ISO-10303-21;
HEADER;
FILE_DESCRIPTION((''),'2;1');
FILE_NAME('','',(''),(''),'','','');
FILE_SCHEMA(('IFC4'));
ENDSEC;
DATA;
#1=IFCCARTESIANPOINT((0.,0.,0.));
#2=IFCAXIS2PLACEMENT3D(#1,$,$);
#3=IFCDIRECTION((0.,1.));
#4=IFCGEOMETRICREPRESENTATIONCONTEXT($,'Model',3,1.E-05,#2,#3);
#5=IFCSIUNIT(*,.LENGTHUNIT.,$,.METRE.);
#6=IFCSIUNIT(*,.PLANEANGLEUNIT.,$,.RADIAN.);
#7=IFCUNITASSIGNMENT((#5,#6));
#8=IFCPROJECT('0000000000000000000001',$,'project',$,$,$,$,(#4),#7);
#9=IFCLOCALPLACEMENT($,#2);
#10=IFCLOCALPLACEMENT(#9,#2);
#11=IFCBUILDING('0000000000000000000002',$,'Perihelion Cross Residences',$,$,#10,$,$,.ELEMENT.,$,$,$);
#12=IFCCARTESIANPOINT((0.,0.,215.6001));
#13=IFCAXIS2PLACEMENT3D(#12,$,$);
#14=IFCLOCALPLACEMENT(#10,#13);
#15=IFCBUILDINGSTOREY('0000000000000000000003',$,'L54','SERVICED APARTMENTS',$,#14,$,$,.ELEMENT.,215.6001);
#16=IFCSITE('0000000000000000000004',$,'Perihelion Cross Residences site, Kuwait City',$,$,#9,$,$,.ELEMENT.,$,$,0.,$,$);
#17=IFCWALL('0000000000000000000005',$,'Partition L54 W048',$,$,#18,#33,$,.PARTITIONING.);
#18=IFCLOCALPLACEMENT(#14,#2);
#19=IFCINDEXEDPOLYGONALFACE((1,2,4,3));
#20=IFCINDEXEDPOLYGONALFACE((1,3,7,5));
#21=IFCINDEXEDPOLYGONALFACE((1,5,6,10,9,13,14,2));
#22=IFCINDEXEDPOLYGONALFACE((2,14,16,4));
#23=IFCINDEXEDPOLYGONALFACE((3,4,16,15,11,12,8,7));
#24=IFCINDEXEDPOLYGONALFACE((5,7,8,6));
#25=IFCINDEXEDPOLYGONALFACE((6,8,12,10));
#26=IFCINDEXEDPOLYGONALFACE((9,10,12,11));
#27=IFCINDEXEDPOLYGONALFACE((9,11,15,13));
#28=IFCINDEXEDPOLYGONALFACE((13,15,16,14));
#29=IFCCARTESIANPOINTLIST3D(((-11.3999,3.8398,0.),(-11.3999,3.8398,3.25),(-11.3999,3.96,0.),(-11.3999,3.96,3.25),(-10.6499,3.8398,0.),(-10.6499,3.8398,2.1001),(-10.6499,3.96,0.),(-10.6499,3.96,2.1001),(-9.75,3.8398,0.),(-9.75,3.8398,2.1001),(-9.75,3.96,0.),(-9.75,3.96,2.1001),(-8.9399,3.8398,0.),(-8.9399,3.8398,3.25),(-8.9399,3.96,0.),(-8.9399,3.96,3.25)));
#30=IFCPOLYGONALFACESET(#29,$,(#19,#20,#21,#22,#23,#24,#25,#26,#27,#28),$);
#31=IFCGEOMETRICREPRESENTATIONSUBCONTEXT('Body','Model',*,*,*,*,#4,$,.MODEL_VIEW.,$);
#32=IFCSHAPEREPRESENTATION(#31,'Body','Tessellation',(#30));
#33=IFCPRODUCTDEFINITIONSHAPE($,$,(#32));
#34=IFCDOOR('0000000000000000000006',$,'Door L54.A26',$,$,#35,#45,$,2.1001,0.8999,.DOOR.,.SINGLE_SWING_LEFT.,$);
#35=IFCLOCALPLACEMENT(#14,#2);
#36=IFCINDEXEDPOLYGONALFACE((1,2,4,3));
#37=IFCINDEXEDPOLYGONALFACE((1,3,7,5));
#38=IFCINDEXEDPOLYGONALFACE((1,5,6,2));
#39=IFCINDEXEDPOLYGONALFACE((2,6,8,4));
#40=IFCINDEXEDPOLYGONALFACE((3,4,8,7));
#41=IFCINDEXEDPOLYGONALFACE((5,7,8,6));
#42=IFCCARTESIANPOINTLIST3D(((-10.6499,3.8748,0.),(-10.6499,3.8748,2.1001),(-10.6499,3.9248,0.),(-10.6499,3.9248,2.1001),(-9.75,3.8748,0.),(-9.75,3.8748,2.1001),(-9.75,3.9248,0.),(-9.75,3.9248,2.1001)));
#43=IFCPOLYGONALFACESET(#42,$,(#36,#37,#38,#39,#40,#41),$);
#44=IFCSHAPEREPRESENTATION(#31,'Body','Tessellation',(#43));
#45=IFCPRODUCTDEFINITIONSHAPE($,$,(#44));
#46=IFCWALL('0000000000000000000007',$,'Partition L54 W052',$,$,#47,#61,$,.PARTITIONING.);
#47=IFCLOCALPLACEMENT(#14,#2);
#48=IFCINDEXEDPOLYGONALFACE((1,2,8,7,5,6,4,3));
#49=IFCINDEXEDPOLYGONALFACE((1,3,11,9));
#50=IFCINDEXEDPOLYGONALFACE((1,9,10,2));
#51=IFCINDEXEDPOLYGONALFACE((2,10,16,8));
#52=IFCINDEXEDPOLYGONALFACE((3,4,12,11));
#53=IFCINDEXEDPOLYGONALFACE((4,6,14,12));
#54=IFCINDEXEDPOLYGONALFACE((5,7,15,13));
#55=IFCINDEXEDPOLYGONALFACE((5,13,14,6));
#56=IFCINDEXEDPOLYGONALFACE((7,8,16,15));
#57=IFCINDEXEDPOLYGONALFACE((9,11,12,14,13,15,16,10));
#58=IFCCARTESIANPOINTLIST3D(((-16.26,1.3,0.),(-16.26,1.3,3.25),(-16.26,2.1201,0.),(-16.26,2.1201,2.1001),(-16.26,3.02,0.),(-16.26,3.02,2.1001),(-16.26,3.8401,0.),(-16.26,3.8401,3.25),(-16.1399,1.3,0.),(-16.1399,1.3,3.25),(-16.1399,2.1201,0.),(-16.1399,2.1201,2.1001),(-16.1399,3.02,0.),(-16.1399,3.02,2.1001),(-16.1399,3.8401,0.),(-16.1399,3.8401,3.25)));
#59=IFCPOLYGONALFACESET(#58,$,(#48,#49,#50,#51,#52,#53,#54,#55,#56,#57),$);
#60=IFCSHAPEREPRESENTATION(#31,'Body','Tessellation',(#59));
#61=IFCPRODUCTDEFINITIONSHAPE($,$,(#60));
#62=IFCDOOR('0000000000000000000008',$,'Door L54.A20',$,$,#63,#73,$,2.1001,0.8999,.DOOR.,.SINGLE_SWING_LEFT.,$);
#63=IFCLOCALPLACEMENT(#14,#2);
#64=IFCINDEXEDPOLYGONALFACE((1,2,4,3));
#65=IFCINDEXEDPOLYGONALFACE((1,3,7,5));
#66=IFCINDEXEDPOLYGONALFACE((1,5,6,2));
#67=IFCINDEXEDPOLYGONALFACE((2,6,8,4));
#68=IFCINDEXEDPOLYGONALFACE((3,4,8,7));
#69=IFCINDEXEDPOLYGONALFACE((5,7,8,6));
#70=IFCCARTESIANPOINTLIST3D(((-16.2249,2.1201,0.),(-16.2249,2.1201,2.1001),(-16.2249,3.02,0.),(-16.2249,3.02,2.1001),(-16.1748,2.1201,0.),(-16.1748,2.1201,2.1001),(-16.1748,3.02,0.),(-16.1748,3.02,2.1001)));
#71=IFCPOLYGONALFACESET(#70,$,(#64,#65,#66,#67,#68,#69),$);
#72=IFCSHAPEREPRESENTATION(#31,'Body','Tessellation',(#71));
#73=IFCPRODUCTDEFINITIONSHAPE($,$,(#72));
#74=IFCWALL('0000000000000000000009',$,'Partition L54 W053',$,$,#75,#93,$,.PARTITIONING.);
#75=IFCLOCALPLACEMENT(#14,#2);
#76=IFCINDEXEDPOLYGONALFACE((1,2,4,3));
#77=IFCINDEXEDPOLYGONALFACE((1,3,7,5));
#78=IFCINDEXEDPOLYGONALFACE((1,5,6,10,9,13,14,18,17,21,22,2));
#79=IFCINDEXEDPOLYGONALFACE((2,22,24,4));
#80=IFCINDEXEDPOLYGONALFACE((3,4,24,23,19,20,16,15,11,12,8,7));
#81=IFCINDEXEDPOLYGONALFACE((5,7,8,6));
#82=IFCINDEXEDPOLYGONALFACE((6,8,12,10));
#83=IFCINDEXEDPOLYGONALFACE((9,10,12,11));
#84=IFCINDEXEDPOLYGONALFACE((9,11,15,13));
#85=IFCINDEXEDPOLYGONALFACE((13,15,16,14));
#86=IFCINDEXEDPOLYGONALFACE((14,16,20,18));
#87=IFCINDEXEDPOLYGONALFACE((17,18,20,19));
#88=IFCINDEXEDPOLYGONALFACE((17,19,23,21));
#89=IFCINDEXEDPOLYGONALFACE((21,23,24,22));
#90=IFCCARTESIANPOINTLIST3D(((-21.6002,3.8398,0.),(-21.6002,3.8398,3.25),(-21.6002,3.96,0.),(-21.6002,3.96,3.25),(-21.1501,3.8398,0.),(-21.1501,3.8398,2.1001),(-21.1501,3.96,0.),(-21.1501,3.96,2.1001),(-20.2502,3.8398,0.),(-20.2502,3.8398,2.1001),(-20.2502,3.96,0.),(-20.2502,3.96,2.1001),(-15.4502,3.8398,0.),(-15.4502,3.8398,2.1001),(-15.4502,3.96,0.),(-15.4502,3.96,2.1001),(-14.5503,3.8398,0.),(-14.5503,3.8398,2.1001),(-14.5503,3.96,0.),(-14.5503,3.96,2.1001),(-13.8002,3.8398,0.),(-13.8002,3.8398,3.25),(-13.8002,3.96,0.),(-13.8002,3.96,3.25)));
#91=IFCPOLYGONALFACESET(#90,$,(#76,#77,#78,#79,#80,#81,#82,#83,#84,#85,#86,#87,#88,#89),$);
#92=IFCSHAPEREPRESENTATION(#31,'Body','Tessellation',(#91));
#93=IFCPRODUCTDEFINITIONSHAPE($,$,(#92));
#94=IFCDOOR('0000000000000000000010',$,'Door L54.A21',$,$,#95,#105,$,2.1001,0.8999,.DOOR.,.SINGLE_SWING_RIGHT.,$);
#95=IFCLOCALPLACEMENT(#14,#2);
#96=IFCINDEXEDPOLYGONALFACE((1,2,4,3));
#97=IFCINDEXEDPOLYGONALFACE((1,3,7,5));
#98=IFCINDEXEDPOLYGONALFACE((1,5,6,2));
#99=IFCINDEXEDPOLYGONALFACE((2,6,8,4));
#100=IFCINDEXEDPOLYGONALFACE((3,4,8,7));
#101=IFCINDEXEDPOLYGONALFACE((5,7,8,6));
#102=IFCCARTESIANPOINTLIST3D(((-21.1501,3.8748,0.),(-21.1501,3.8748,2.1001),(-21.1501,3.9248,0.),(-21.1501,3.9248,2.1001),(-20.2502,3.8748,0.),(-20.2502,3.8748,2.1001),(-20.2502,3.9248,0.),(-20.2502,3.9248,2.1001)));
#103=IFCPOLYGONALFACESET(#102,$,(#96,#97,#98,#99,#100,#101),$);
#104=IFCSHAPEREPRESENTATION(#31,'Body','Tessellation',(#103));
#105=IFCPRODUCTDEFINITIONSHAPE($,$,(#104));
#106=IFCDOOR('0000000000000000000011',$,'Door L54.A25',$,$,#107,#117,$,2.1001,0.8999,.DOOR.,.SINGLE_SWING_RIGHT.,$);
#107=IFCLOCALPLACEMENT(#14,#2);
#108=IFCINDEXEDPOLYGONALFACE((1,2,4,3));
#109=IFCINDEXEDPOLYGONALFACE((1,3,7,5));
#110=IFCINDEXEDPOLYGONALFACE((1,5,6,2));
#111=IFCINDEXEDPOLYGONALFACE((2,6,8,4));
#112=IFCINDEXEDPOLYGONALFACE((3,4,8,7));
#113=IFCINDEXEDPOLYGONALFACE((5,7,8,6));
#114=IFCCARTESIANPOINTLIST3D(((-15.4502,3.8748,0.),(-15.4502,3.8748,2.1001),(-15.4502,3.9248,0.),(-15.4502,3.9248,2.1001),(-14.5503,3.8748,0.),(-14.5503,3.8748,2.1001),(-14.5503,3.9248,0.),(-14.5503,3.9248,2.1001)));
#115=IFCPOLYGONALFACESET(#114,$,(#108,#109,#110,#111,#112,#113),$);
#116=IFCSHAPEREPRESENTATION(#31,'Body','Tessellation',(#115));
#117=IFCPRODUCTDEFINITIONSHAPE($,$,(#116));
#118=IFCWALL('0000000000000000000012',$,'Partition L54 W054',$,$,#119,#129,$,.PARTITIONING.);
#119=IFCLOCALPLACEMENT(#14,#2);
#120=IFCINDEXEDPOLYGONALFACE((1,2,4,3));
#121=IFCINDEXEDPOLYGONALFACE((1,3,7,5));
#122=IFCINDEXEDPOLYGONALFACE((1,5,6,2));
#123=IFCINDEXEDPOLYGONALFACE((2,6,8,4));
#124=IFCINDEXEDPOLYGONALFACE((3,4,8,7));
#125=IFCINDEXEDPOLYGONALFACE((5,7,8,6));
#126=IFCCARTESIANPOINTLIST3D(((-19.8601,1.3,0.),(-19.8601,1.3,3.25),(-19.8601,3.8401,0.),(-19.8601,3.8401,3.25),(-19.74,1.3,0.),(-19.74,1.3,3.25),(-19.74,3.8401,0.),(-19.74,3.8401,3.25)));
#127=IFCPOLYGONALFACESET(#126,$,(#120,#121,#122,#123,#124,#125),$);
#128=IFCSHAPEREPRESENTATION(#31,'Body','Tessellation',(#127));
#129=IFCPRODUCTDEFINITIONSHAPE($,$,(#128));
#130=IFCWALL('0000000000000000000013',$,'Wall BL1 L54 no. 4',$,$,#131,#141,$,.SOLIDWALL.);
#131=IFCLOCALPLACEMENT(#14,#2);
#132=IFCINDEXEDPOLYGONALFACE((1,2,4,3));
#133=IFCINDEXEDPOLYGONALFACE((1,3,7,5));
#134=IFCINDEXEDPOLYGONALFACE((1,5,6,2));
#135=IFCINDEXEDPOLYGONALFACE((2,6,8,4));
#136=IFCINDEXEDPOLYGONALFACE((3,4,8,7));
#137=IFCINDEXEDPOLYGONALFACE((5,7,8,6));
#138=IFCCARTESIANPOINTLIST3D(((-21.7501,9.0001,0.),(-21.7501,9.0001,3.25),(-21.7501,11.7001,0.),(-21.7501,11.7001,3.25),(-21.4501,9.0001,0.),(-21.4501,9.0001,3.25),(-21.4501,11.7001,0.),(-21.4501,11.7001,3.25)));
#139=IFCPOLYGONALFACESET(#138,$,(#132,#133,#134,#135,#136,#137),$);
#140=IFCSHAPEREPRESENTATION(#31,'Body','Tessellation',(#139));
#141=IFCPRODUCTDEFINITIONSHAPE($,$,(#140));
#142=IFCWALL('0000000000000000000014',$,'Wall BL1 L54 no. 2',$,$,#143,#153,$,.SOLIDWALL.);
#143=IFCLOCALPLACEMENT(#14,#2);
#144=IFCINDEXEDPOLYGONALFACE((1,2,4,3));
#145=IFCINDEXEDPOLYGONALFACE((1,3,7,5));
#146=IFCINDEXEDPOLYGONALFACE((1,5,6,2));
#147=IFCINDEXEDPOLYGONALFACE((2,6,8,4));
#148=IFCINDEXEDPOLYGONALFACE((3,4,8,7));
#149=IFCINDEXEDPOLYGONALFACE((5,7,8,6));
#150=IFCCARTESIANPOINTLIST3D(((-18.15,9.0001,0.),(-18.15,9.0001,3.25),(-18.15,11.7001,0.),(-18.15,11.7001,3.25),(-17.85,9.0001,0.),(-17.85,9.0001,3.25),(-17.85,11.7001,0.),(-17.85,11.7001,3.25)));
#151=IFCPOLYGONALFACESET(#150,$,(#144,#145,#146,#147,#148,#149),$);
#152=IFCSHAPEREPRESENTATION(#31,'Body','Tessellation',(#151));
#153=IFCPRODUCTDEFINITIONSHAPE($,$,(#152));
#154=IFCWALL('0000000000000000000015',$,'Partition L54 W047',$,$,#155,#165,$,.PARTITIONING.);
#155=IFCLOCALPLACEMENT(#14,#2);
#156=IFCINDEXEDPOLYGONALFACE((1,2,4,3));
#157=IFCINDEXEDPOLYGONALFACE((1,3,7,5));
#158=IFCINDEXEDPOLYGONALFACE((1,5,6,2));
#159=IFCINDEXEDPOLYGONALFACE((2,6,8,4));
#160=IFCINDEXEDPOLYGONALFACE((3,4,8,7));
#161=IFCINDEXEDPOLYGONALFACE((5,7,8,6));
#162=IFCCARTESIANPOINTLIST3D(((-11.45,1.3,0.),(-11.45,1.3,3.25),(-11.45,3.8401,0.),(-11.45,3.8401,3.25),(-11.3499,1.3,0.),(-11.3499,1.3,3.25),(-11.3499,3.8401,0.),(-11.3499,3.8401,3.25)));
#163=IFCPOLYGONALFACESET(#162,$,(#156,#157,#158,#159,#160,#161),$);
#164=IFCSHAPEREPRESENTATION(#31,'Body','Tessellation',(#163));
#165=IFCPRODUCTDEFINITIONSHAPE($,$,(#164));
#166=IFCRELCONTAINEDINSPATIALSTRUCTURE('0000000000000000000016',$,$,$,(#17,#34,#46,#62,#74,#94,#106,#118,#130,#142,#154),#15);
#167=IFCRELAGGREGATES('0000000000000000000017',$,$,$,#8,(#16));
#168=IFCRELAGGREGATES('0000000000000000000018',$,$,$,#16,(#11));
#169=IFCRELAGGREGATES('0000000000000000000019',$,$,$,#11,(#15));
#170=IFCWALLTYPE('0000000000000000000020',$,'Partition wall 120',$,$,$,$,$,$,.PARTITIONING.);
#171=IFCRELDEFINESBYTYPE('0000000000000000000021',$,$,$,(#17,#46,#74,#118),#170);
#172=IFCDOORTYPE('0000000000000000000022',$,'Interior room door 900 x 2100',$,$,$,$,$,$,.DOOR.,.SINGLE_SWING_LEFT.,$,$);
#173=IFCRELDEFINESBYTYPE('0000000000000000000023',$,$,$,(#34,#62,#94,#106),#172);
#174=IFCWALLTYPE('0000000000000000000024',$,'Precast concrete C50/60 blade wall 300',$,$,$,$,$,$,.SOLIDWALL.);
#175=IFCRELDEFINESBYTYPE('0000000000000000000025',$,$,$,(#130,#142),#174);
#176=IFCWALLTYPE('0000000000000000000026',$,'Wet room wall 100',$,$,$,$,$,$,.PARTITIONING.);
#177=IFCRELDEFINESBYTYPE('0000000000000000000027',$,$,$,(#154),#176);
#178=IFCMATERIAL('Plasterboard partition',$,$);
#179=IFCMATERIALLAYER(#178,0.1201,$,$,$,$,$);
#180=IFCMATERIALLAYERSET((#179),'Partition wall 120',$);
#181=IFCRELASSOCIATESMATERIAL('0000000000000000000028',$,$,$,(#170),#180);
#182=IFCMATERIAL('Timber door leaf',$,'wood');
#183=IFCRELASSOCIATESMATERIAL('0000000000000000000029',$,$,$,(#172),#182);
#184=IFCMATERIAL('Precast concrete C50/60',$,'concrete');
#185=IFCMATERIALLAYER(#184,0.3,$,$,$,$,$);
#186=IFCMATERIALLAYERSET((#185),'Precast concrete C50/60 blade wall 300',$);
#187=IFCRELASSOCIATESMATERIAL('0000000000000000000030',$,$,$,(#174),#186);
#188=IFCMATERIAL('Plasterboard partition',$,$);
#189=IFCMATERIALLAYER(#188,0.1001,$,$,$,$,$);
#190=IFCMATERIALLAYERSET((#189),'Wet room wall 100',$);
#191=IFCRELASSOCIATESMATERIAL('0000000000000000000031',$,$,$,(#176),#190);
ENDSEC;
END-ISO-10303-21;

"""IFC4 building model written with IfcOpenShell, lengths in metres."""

from ifc_helpers import new_model, si_unit, direction, frame, frame_2d, origin, place, context, subcontext, project, spatial, rectangle, extrude, material, layer, layer_set, type_object, element, fill, save


model = new_model("IFC4")

# Units and contexts
model_context = context("Model", 3, precision=1e-05, world=origin(), true_north=direction((0.0, 1.0)))
body_context = subcontext(model_context, "Body", "Model", "MODEL_VIEW")
ifc_project = project(units=[si_unit("LENGTHUNIT", "METRE"), si_unit("PLANEANGLEUNIT", "RADIAN")], contexts=[model_context])

# Site, building, storey
site_placement = place(None, origin())
site = spatial("IfcSite", under=ifc_project, at=site_placement, Name="Perihelion Cross Residences site, Kuwait City", CompositionType="ELEMENT", RefElevation=0.0)
building_placement = place(site_placement, origin())
building = spatial("IfcBuilding", under=site, at=building_placement, Name="Perihelion Cross Residences", CompositionType="ELEMENT")
storey_placement = place(building_placement, frame((0.0, 0.0, 215.6001)))
storey = spatial("IfcBuildingStorey", under=building, at=storey_placement, Name="L54", Description="SERVICED APARTMENTS", CompositionType="ELEMENT", Elevation=215.6001)

# Walls, openings, doors
ifc_material_1 = material(Name="Plasterboard partition")
ifc_layer_1 = layer(ifc_material_1, 0.1201)
ifc_layer_set_1 = layer_set([ifc_layer_1], Name="Partition wall 120")
wall_type_1 = type_object("IfcWallType", Name="Partition wall 120", PredefinedType="PARTITIONING", material=ifc_layer_set_1)
wall_1_placement = place(storey_placement, frame((-11.3999, 3.8999, 0.0), z_axis=(0.0, 0.0, 1.0), x_axis=(1.0, 0.0, 0.0)))
wall_1 = element("IfcWall", 1, at=wall_1_placement, inside=storey, type_object=wall_type_1, Name="Partition L54 W048", PredefinedType="PARTITIONING", context=body_context, shape_type="SweptSolid", body=[
    extrude(rectangle(XDim=2.46, YDim=0.1201, at=frame_2d((1.23, 0.0))), origin(), (0.0, 0.0, 1.0), 3.25),
])
opening_1_placement = place(wall_1_placement, frame((0.75, 0.0, 0.0)))
opening_1 = element("IfcOpeningElement", 2, at=opening_1_placement, cuts=wall_1, PredefinedType="OPENING", context=body_context, shape_type="SweptSolid", body=[
    extrude(rectangle(XDim=0.8999, YDim=2.1001, at=frame_2d((0.45, 1.05))), frame((0.0, 0.0701, 0.0), z_axis=(0.0, -1.0, 0.0), x_axis=(1.0, 0.0, 0.0)), (0.0, 0.0, 1.0), 0.1401),
])
ifc_material_2 = material(Name="Timber door leaf", Category="wood")
door_type_1 = type_object("IfcDoorType", Name="Interior room door 900 x 2100", OperationType="SINGLE_SWING_LEFT", PredefinedType="DOOR", material=ifc_material_2)
door_1_placement = place(opening_1_placement, origin())
door_1 = element("IfcDoor", 3, at=door_1_placement, inside=storey, type_object=door_type_1, Name="Door L54.A26", OperationType="SINGLE_SWING_LEFT", OverallHeight=2.1001, OverallWidth=0.8999, PredefinedType="DOOR", context=body_context, shape_type="SweptSolid", body=[
    extrude(rectangle(XDim=0.8999, YDim=2.1001, at=frame_2d((0.45, 1.05))), frame((0.0, 0.0249, 0.0), z_axis=(0.0, -1.0, 0.0), x_axis=(1.0, 0.0, 0.0)), (0.0, 0.0, 1.0), 0.05),
])
fill(opening_1, door_1)
wall_2_placement = place(storey_placement, frame((-16.2, 1.3, 0.0), z_axis=(0.0, 0.0, 1.0), x_axis=(0.0, 1.0, 0.0)))
wall_2 = element("IfcWall", 4, at=wall_2_placement, inside=storey, type_object=wall_type_1, Name="Partition L54 W052", PredefinedType="PARTITIONING", context=body_context, shape_type="SweptSolid", body=[
    extrude(rectangle(XDim=2.54, YDim=0.1201, at=frame_2d((1.27, 0.0))), origin(), (0.0, 0.0, 1.0), 3.25),
])
opening_2_placement = place(wall_2_placement, frame((0.8201, 0.0, 0.0)))
opening_2 = element("IfcOpeningElement", 5, at=opening_2_placement, cuts=wall_2, PredefinedType="OPENING", context=body_context, shape_type="SweptSolid", body=[
    extrude(rectangle(XDim=0.8999, YDim=2.1001, at=frame_2d((0.45, 1.05))), frame((0.0, 0.0701, 0.0), z_axis=(0.0, -1.0, 0.0), x_axis=(1.0, 0.0, 0.0)), (0.0, 0.0, 1.0), 0.1401),
])
door_2_placement = place(opening_2_placement, origin())
door_2 = element("IfcDoor", 6, at=door_2_placement, inside=storey, type_object=door_type_1, Name="Door L54.A20", OperationType="SINGLE_SWING_LEFT", OverallHeight=2.1001, OverallWidth=0.8999, PredefinedType="DOOR", context=body_context, shape_type="SweptSolid", body=[
    extrude(rectangle(XDim=0.8999, YDim=2.1001, at=frame_2d((0.45, 1.05))), frame((0.0, 0.0249, 0.0), z_axis=(0.0, -1.0, 0.0), x_axis=(1.0, 0.0, 0.0)), (0.0, 0.0, 1.0), 0.05),
])
fill(opening_2, door_2)

# Wall, openings, doors
wall_3_placement = place(storey_placement, frame((-21.6001, 3.8999, 0.0), z_axis=(0.0, 0.0, 1.0), x_axis=(1.0, 0.0, 0.0)))
wall_3 = element("IfcWall", 7, at=wall_3_placement, inside=storey, type_object=wall_type_1, Name="Partition L54 W053", PredefinedType="PARTITIONING", context=body_context, shape_type="SweptSolid", body=[
    extrude(rectangle(XDim=7.8, YDim=0.1201, at=frame_2d((3.8999, 0.0))), origin(), (0.0, 0.0, 1.0), 3.25),
])
opening_3_placement = place(wall_3_placement, frame((0.45, 0.0, 0.0)))
opening_3 = element("IfcOpeningElement", 8, at=opening_3_placement, cuts=wall_3, PredefinedType="OPENING", context=body_context, shape_type="SweptSolid", body=[
    extrude(rectangle(XDim=0.8999, YDim=2.1001, at=frame_2d((0.45, 1.05))), frame((0.0, 0.0701, 0.0), z_axis=(0.0, -1.0, 0.0), x_axis=(1.0, 0.0, 0.0)), (0.0, 0.0, 1.0), 0.1401),
])
opening_4_placement = place(wall_3_placement, frame((6.1499, 0.0, 0.0)))
opening_4 = element("IfcOpeningElement", 9, at=opening_4_placement, cuts=wall_3, PredefinedType="OPENING", context=body_context, shape_type="SweptSolid", body=[
    extrude(rectangle(XDim=0.8999, YDim=2.1001, at=frame_2d((0.45, 1.05))), frame((0.0, 0.0701, 0.0), z_axis=(0.0, -1.0, 0.0), x_axis=(1.0, 0.0, 0.0)), (0.0, 0.0, 1.0), 0.1401),
])
door_3_placement = place(opening_3_placement, origin())
door_3 = element("IfcDoor", 10, at=door_3_placement, inside=storey, type_object=door_type_1, Name="Door L54.A21", OperationType="SINGLE_SWING_RIGHT", OverallHeight=2.1001, OverallWidth=0.8999, PredefinedType="DOOR", context=body_context, shape_type="SweptSolid", body=[
    extrude(rectangle(XDim=0.8999, YDim=2.1001, at=frame_2d((0.45, 1.05))), frame((0.0, 0.0249, 0.0), z_axis=(0.0, -1.0, 0.0), x_axis=(1.0, 0.0, 0.0)), (0.0, 0.0, 1.0), 0.05),
])
fill(opening_3, door_3)
door_4_placement = place(opening_4_placement, origin())
door_4 = element("IfcDoor", 11, at=door_4_placement, inside=storey, type_object=door_type_1, Name="Door L54.A25", OperationType="SINGLE_SWING_RIGHT", OverallHeight=2.1001, OverallWidth=0.8999, PredefinedType="DOOR", context=body_context, shape_type="SweptSolid", body=[
    extrude(rectangle(XDim=0.8999, YDim=2.1001, at=frame_2d((0.45, 1.05))), frame((0.0, 0.0249, 0.0), z_axis=(0.0, -1.0, 0.0), x_axis=(1.0, 0.0, 0.0)), (0.0, 0.0, 1.0), 0.05),
])
fill(opening_4, door_4)

# Walls
wall_4_placement = place(storey_placement, frame((-19.8, 1.3, 0.0), z_axis=(0.0, 0.0, 1.0), x_axis=(0.0, 1.0, 0.0)))
element("IfcWall", 12, at=wall_4_placement, inside=storey, type_object=wall_type_1, Name="Partition L54 W054", PredefinedType="PARTITIONING", context=body_context, shape_type="SweptSolid", body=[
    extrude(rectangle(XDim=2.54, YDim=0.1201, at=frame_2d((1.27, 0.0))), origin(), (0.0, 0.0, 1.0), 3.25),
])
ifc_material_3 = material(Name="Precast concrete C50/60", Category="concrete")
ifc_layer_2 = layer(ifc_material_3, 0.3)
ifc_layer_set_2 = layer_set([ifc_layer_2], Name="Precast concrete C50/60 blade wall 300")
wall_type_2 = type_object("IfcWallType", Name="Precast concrete C50/60 blade wall 300", PredefinedType="SOLIDWALL", material=ifc_layer_set_2)
for number, where, z_axis, x_axis, name in (
    (13, (-21.6001, 9.0, 0.0), (0.0, 0.0, 1.0), (0.0, 1.0, 0.0), "Wall BL1 L54 no. 4"),
    (14, (-18.0, 9.0, 0.0), (0.0, 0.0, 1.0), (0.0, 1.0, 0.0), "Wall BL1 L54 no. 2"),
):
    element("IfcWall", number, at=place(storey_placement, frame(where, z_axis=z_axis, x_axis=x_axis)), inside=storey, type_object=wall_type_2, Name=name, PredefinedType="SOLIDWALL", context=body_context, shape_type="SweptSolid", body=[
        extrude(rectangle(XDim=2.7, YDim=0.3, at=frame_2d((1.3501, 0.0))), origin(), (0.0, 0.0, 1.0), 3.25),
    ])
ifc_material_4 = material(Name="Plasterboard partition")
ifc_layer_3 = layer(ifc_material_4, 0.1001)
ifc_layer_set_3 = layer_set([ifc_layer_3], Name="Wet room wall 100")
wall_type_3 = type_object("IfcWallType", Name="Wet room wall 100", PredefinedType="PARTITIONING", material=ifc_layer_set_3)
wall_5_placement = place(storey_placement, frame((-11.3999, 1.3, 0.0), z_axis=(0.0, 0.0, 1.0), x_axis=(0.0, 1.0, 0.0)))
element("IfcWall", 15, at=wall_5_placement, inside=storey, type_object=wall_type_3, Name="Partition L54 W047", PredefinedType="PARTITIONING", context=body_context, shape_type="SweptSolid", body=[
    extrude(rectangle(XDim=2.54, YDim=0.1001, at=frame_2d((1.27, 0.0))), origin(), (0.0, 0.0, 1.0), 3.25),
])

save(model, "model.ifc")
